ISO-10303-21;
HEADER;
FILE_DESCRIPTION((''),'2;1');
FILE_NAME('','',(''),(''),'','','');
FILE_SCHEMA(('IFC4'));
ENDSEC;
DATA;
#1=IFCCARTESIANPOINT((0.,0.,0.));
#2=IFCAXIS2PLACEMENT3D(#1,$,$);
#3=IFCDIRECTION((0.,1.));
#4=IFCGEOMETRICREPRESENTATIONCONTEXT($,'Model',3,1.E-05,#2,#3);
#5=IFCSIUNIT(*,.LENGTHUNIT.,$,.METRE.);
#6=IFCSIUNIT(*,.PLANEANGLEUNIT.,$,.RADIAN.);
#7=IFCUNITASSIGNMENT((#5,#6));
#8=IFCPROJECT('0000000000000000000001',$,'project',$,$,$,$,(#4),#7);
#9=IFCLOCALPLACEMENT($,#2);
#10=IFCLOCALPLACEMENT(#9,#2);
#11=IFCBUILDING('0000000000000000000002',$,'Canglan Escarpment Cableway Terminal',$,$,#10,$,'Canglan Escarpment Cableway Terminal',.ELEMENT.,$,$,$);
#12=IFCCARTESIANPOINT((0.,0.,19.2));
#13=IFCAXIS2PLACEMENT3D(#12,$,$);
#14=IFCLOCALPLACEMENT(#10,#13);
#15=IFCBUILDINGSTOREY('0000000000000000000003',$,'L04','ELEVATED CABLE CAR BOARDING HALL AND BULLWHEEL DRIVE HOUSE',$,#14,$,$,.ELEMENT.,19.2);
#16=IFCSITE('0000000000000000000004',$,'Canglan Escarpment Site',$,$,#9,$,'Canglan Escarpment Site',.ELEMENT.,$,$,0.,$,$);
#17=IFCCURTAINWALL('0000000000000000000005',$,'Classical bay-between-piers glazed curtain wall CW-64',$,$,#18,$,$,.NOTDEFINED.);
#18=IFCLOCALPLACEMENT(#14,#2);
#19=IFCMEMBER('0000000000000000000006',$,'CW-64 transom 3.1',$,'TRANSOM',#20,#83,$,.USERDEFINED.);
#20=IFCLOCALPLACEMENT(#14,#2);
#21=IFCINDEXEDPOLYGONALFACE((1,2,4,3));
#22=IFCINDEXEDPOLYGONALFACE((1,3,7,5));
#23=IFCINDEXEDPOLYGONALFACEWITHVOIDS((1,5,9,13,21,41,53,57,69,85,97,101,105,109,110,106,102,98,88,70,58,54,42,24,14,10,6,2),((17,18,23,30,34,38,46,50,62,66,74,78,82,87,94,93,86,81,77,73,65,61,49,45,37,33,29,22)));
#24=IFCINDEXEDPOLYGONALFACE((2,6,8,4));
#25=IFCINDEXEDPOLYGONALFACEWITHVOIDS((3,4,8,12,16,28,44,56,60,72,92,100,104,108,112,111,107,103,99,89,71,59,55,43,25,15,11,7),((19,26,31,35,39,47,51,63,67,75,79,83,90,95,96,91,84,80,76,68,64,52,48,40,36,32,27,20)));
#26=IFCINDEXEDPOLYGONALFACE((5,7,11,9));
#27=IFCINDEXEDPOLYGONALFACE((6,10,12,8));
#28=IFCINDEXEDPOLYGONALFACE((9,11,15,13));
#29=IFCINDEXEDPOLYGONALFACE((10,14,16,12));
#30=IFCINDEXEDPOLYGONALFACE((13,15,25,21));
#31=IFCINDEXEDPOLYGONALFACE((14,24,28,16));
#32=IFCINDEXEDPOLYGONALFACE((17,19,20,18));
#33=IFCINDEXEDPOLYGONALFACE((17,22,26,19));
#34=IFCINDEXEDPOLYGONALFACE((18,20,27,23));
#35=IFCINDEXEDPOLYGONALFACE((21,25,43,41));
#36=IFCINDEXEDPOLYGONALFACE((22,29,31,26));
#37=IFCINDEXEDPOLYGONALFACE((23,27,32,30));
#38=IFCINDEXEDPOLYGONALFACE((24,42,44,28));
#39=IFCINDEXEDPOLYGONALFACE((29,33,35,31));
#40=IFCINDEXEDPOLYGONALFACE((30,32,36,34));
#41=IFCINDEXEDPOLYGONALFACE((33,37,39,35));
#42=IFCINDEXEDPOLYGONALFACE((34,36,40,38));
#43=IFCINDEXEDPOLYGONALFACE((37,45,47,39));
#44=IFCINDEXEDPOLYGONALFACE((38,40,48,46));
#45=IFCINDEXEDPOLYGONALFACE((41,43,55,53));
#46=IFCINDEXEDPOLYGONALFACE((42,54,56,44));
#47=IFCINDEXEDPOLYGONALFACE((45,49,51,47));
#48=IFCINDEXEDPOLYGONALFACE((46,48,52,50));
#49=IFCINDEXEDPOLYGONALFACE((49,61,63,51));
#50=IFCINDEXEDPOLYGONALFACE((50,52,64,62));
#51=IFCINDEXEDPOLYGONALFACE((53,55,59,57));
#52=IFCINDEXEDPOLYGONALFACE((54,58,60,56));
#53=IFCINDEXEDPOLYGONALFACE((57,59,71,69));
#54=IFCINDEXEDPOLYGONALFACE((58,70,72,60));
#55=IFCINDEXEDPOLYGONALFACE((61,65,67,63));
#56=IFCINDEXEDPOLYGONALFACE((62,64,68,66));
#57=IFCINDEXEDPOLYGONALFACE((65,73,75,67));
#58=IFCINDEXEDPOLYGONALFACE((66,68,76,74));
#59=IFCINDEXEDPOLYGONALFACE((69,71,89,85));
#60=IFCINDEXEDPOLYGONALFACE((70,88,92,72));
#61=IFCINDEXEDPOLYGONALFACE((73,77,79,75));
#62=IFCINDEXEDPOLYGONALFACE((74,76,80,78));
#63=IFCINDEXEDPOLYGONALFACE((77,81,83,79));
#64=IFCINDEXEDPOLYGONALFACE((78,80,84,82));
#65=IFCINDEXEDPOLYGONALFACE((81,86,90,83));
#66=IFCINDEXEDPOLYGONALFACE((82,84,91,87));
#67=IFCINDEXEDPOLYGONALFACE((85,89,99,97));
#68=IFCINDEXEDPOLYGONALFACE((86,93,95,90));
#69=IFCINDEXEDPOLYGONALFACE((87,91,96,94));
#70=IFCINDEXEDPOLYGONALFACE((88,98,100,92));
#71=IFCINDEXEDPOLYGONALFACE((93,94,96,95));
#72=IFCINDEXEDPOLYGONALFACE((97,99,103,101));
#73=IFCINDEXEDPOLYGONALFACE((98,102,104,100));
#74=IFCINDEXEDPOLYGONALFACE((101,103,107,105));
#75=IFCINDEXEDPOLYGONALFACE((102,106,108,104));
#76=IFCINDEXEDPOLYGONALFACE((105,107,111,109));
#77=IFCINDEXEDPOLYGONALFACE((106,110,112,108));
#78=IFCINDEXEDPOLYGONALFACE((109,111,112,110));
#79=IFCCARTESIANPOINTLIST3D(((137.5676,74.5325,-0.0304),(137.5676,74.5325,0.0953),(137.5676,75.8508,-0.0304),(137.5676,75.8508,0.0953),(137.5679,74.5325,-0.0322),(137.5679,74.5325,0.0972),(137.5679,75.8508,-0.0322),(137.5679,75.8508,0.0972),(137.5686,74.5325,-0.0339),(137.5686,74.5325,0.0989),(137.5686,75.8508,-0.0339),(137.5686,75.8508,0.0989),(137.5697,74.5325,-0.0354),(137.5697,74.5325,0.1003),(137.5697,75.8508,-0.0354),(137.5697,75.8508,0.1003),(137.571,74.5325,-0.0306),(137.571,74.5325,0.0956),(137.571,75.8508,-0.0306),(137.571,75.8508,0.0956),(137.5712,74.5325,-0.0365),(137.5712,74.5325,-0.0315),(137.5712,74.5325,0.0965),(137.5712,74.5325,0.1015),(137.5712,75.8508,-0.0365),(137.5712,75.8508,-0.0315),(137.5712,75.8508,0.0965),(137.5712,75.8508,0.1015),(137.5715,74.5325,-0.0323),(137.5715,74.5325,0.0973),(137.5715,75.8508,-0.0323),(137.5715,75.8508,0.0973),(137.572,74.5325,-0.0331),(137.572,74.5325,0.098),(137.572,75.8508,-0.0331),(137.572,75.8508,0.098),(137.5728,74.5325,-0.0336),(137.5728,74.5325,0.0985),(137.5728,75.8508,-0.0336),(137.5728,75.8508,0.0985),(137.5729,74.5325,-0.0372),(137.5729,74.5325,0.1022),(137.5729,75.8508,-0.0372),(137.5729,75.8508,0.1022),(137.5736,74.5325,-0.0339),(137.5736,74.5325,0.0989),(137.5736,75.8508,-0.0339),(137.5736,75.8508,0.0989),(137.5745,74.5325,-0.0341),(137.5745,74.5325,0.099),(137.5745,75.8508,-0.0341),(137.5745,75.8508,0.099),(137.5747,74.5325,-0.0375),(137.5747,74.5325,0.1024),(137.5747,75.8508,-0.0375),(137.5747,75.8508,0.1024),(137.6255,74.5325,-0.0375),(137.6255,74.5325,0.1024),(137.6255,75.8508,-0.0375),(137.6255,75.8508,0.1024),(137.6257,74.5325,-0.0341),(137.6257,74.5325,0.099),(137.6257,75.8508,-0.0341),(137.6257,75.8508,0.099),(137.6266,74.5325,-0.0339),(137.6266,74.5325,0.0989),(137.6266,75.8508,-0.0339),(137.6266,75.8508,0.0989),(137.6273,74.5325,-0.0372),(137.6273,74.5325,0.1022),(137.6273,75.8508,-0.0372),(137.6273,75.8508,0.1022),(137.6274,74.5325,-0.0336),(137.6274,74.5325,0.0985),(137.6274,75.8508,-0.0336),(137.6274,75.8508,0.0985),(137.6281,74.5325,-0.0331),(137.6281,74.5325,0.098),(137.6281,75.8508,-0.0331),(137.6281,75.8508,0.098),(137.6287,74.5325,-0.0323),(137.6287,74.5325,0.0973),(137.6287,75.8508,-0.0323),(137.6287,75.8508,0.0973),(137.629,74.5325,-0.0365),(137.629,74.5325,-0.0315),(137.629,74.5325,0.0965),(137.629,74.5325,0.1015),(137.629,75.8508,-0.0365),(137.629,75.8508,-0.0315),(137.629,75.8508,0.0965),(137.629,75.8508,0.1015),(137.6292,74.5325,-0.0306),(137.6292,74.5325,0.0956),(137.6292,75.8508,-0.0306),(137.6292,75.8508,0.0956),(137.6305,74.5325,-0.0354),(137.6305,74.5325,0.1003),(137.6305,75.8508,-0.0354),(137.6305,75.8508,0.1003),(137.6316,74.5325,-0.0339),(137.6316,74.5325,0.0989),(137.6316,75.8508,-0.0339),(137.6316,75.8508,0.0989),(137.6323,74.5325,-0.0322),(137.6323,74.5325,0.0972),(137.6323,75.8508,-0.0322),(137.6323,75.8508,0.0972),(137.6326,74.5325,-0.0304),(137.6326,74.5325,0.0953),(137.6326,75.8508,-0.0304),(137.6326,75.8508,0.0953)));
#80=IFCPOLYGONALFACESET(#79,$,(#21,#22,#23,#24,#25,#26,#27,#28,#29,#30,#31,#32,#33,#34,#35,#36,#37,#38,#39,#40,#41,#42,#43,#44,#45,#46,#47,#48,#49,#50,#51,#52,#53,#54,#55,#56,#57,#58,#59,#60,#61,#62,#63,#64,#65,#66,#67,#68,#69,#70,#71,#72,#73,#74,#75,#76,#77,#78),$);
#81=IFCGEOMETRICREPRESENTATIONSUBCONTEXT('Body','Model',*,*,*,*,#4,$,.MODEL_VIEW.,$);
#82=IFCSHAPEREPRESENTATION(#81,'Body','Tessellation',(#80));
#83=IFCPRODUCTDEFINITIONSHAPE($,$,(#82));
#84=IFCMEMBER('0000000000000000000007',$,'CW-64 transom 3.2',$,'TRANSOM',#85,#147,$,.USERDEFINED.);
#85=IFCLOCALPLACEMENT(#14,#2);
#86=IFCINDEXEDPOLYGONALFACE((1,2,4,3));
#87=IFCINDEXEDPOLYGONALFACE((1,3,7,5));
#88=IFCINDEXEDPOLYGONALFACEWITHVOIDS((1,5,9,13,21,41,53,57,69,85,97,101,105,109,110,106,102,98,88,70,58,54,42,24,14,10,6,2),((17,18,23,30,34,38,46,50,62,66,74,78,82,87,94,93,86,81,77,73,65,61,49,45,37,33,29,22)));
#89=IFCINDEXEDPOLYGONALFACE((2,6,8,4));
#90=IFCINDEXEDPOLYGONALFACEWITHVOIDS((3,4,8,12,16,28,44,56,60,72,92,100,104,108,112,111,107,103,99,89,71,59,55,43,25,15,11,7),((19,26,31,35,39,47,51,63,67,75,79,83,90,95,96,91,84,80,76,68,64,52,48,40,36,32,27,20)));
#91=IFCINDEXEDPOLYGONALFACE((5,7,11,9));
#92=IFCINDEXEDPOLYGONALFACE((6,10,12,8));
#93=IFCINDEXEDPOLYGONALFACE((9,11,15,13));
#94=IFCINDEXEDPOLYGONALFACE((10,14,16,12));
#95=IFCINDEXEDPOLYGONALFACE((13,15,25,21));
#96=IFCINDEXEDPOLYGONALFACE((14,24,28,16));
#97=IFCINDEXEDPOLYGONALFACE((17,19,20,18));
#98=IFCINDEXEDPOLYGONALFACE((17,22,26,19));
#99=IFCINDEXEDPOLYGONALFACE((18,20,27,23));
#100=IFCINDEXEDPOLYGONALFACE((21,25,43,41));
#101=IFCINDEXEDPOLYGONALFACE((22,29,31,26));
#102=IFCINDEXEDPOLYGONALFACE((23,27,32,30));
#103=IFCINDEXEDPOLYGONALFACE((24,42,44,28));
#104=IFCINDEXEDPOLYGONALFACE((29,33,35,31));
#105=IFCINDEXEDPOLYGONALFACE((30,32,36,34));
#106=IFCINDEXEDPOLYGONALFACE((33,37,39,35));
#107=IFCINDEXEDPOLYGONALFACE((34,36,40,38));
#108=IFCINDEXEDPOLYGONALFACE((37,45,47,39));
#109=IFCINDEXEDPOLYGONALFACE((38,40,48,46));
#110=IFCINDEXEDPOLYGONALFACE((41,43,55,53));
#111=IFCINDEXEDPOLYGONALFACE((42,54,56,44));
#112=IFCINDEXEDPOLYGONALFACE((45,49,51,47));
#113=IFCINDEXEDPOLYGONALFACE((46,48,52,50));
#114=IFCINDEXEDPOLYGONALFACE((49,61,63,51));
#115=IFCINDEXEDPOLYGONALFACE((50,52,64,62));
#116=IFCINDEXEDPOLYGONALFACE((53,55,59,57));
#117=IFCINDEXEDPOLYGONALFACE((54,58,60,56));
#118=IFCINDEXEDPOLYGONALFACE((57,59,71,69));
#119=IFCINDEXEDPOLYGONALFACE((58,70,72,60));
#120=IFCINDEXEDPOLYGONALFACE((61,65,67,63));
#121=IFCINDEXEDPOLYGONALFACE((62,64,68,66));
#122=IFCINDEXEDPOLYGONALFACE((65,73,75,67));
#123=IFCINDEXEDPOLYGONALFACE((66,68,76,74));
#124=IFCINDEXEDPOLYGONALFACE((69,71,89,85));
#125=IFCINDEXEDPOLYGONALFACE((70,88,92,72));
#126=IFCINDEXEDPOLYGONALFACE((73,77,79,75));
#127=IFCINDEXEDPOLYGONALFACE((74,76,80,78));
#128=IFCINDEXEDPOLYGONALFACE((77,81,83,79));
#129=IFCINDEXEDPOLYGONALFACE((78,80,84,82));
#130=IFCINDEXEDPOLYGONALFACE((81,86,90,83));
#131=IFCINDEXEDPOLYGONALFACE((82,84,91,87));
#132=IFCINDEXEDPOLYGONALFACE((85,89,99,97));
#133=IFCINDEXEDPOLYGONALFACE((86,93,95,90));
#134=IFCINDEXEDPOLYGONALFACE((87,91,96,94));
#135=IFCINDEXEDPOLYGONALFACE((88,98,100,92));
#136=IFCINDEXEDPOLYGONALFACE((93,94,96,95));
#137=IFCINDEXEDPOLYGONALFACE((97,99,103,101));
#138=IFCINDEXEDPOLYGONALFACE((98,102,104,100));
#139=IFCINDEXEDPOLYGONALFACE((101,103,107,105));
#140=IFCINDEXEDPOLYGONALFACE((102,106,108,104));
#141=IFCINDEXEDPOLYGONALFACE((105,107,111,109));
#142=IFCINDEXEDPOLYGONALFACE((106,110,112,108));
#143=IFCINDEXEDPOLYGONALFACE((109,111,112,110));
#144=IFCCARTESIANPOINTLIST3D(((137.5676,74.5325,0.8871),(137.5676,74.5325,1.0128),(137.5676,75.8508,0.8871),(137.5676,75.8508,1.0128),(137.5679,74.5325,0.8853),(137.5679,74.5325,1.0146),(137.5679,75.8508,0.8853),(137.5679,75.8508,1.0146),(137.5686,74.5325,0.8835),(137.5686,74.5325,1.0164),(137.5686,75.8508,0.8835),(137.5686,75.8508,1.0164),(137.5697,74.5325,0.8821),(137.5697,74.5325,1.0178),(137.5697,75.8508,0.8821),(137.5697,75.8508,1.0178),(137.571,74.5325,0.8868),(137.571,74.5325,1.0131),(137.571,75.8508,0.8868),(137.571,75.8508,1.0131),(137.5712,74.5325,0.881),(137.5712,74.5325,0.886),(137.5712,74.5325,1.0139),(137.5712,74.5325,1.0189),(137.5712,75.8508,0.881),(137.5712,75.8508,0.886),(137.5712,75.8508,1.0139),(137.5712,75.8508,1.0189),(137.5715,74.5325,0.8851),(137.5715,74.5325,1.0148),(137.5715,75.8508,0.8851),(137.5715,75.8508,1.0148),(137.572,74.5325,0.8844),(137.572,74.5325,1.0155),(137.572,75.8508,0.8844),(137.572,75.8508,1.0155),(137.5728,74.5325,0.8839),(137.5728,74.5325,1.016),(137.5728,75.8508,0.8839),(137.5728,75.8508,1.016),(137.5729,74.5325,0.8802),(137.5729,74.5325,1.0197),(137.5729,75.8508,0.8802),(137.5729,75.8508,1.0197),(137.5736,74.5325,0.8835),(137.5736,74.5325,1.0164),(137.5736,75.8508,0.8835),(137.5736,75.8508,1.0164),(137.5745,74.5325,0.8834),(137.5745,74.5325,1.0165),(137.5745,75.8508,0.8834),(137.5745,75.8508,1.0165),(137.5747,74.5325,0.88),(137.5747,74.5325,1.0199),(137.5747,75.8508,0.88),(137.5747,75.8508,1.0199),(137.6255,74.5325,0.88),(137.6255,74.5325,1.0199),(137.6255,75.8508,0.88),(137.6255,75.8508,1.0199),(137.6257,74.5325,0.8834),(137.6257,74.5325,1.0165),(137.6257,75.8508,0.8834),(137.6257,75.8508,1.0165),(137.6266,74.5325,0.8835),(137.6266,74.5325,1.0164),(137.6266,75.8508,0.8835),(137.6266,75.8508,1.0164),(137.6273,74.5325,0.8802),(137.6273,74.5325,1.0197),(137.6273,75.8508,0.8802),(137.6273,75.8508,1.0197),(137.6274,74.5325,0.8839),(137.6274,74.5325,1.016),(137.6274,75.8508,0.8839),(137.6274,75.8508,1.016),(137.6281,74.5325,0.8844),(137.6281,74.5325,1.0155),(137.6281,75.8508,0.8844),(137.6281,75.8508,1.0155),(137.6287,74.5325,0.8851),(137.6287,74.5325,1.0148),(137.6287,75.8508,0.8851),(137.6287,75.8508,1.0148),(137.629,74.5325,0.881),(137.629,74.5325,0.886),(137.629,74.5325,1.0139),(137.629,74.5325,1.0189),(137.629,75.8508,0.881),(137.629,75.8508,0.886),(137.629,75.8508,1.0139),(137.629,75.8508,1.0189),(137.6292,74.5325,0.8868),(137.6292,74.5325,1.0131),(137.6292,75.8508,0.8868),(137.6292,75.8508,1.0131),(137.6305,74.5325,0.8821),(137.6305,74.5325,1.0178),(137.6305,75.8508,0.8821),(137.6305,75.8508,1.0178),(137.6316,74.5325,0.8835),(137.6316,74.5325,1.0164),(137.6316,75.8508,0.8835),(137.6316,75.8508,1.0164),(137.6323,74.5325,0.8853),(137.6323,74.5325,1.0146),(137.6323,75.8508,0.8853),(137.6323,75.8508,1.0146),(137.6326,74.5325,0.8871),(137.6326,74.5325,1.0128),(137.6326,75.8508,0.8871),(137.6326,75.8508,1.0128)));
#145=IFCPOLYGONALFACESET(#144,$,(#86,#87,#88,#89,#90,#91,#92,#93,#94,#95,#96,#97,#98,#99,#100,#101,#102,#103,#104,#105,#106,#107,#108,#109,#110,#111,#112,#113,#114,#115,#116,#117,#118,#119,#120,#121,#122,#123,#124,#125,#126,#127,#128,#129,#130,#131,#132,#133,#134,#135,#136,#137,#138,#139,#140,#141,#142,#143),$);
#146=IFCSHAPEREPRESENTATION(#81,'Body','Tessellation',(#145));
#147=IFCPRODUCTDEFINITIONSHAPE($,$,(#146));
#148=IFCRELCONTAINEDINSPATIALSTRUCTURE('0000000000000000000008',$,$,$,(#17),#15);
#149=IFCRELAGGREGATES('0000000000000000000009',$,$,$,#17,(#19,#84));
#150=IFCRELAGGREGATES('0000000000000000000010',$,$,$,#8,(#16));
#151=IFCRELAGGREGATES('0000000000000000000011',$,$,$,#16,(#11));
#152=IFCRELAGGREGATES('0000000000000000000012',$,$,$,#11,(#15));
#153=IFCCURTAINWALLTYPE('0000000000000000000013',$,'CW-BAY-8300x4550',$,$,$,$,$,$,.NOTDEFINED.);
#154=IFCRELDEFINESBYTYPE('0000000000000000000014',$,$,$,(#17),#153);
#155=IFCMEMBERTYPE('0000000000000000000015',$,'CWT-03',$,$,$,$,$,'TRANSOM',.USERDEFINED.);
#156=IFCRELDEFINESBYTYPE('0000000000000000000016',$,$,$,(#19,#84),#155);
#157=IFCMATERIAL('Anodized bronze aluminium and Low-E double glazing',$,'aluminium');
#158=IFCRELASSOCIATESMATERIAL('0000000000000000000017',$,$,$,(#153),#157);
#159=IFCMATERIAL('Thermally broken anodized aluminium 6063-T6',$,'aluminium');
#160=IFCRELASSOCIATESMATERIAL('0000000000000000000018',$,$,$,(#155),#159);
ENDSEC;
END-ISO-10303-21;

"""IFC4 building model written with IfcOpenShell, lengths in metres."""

from ifc_helpers import new_model, si_unit, direction, frame, origin, origin_2d, place, context, subcontext, project, spatial, hollow_rectangle, extrude, material, material_profile, profile_set, type_object, element, aggregate, save


model = new_model("IFC4")

# Units and contexts
model_context = context("Model", 3, precision=1e-05, world=origin(), true_north=direction((0.0, 1.0)))
body_context = subcontext(model_context, "Body", "Model", "MODEL_VIEW")
ifc_project = project(units=[si_unit("LENGTHUNIT", "METRE"), si_unit("PLANEANGLEUNIT", "RADIAN")], contexts=[model_context])

# Site, building, storey
site_placement = place(None, origin())
site = spatial("IfcSite", under=ifc_project, at=site_placement, Name="Canglan Escarpment Site", LongName="Canglan Escarpment Site", CompositionType="ELEMENT", RefElevation=0.0)
building_placement = place(site_placement, origin())
building = spatial("IfcBuilding", under=site, at=building_placement, Name="Canglan Escarpment Cableway Terminal", LongName="Canglan Escarpment Cableway Terminal", CompositionType="ELEMENT")
storey_placement = place(building_placement, frame((0.0, 0.0, 19.2)))
storey = spatial("IfcBuildingStorey", under=building, at=storey_placement, Name="L04", Description="ELEVATED CABLE CAR BOARDING HALL AND BULLWHEEL DRIVE HOUSE", CompositionType="ELEMENT", Elevation=19.2)

# Curtain wall, members
ifc_material_1 = material(Name="Anodized bronze aluminium and Low-E double glazing", Category="aluminium")
curtain_wall_type = type_object("IfcCurtainWallType", Name="CW-BAY-8300x4550", PredefinedType="NOTDEFINED", material=ifc_material_1)
curtain_wall_placement = place(storey_placement, origin())
curtain_wall = element("IfcCurtainWall", 1, at=curtain_wall_placement, inside=storey, type_object=curtain_wall_type, Name="Classical bay-between-piers glazed curtain wall CW-64", PredefinedType="NOTDEFINED")
ifc_material_2 = material(Name="Thermally broken anodized aluminium 6063-T6", Category="aluminium")
ifc_material_profile_1 = material_profile(ifc_material_2, hollow_rectangle(XDim=0.0649, YDim=0.1399, WallThickness=0.0034, InnerFilletRadius=0.0034, OuterFilletRadius=0.0071, at=origin_2d()), Name="ALU-TRAN 65x140x3.5")
ifc_profile_set_1 = profile_set([ifc_material_profile_1], Name="Thermally broken anodized aluminium 6063-T6")
member_type_1 = type_object("IfcMemberType", Name="CWT-03", ElementType="TRANSOM", PredefinedType="USERDEFINED", material=ifc_profile_set_1)
member_1_placement = place(storey_placement, frame((137.6001, 75.8508, 0.0325), z_axis=(0.0, -1.0, 0.0), x_axis=(1.0, 0.0, 0.0)))
member_1 = element("IfcMember", 2, at=member_1_placement, type_object=member_type_1, Name="CW-64 transom 3.1", ObjectType="TRANSOM", PredefinedType="USERDEFINED", context=body_context, shape_type="SweptSolid", body=[
    extrude(hollow_rectangle(XDim=0.0649, YDim=0.1399, WallThickness=0.0034, InnerFilletRadius=0.0034, OuterFilletRadius=0.0071, at=origin_2d()), origin(), (0.0, 0.0, 1.0), 1.3184),
])
member_2_placement = place(storey_placement, frame((137.6001, 75.8508, 0.95), z_axis=(0.0, -1.0, 0.0), x_axis=(1.0, 0.0, 0.0)))
member_2 = element("IfcMember", 3, at=member_2_placement, type_object=member_type_1, Name="CW-64 transom 3.2", ObjectType="TRANSOM", PredefinedType="USERDEFINED", context=body_context, shape_type="SweptSolid", body=[
    extrude(hollow_rectangle(XDim=0.0649, YDim=0.1399, WallThickness=0.0034, InnerFilletRadius=0.0034, OuterFilletRadius=0.0071, at=origin_2d()), origin(), (0.0, 0.0, 1.0), 1.3184),
])
aggregate(curtain_wall, [member_1, member_2])

save(model, "model.ifc")
